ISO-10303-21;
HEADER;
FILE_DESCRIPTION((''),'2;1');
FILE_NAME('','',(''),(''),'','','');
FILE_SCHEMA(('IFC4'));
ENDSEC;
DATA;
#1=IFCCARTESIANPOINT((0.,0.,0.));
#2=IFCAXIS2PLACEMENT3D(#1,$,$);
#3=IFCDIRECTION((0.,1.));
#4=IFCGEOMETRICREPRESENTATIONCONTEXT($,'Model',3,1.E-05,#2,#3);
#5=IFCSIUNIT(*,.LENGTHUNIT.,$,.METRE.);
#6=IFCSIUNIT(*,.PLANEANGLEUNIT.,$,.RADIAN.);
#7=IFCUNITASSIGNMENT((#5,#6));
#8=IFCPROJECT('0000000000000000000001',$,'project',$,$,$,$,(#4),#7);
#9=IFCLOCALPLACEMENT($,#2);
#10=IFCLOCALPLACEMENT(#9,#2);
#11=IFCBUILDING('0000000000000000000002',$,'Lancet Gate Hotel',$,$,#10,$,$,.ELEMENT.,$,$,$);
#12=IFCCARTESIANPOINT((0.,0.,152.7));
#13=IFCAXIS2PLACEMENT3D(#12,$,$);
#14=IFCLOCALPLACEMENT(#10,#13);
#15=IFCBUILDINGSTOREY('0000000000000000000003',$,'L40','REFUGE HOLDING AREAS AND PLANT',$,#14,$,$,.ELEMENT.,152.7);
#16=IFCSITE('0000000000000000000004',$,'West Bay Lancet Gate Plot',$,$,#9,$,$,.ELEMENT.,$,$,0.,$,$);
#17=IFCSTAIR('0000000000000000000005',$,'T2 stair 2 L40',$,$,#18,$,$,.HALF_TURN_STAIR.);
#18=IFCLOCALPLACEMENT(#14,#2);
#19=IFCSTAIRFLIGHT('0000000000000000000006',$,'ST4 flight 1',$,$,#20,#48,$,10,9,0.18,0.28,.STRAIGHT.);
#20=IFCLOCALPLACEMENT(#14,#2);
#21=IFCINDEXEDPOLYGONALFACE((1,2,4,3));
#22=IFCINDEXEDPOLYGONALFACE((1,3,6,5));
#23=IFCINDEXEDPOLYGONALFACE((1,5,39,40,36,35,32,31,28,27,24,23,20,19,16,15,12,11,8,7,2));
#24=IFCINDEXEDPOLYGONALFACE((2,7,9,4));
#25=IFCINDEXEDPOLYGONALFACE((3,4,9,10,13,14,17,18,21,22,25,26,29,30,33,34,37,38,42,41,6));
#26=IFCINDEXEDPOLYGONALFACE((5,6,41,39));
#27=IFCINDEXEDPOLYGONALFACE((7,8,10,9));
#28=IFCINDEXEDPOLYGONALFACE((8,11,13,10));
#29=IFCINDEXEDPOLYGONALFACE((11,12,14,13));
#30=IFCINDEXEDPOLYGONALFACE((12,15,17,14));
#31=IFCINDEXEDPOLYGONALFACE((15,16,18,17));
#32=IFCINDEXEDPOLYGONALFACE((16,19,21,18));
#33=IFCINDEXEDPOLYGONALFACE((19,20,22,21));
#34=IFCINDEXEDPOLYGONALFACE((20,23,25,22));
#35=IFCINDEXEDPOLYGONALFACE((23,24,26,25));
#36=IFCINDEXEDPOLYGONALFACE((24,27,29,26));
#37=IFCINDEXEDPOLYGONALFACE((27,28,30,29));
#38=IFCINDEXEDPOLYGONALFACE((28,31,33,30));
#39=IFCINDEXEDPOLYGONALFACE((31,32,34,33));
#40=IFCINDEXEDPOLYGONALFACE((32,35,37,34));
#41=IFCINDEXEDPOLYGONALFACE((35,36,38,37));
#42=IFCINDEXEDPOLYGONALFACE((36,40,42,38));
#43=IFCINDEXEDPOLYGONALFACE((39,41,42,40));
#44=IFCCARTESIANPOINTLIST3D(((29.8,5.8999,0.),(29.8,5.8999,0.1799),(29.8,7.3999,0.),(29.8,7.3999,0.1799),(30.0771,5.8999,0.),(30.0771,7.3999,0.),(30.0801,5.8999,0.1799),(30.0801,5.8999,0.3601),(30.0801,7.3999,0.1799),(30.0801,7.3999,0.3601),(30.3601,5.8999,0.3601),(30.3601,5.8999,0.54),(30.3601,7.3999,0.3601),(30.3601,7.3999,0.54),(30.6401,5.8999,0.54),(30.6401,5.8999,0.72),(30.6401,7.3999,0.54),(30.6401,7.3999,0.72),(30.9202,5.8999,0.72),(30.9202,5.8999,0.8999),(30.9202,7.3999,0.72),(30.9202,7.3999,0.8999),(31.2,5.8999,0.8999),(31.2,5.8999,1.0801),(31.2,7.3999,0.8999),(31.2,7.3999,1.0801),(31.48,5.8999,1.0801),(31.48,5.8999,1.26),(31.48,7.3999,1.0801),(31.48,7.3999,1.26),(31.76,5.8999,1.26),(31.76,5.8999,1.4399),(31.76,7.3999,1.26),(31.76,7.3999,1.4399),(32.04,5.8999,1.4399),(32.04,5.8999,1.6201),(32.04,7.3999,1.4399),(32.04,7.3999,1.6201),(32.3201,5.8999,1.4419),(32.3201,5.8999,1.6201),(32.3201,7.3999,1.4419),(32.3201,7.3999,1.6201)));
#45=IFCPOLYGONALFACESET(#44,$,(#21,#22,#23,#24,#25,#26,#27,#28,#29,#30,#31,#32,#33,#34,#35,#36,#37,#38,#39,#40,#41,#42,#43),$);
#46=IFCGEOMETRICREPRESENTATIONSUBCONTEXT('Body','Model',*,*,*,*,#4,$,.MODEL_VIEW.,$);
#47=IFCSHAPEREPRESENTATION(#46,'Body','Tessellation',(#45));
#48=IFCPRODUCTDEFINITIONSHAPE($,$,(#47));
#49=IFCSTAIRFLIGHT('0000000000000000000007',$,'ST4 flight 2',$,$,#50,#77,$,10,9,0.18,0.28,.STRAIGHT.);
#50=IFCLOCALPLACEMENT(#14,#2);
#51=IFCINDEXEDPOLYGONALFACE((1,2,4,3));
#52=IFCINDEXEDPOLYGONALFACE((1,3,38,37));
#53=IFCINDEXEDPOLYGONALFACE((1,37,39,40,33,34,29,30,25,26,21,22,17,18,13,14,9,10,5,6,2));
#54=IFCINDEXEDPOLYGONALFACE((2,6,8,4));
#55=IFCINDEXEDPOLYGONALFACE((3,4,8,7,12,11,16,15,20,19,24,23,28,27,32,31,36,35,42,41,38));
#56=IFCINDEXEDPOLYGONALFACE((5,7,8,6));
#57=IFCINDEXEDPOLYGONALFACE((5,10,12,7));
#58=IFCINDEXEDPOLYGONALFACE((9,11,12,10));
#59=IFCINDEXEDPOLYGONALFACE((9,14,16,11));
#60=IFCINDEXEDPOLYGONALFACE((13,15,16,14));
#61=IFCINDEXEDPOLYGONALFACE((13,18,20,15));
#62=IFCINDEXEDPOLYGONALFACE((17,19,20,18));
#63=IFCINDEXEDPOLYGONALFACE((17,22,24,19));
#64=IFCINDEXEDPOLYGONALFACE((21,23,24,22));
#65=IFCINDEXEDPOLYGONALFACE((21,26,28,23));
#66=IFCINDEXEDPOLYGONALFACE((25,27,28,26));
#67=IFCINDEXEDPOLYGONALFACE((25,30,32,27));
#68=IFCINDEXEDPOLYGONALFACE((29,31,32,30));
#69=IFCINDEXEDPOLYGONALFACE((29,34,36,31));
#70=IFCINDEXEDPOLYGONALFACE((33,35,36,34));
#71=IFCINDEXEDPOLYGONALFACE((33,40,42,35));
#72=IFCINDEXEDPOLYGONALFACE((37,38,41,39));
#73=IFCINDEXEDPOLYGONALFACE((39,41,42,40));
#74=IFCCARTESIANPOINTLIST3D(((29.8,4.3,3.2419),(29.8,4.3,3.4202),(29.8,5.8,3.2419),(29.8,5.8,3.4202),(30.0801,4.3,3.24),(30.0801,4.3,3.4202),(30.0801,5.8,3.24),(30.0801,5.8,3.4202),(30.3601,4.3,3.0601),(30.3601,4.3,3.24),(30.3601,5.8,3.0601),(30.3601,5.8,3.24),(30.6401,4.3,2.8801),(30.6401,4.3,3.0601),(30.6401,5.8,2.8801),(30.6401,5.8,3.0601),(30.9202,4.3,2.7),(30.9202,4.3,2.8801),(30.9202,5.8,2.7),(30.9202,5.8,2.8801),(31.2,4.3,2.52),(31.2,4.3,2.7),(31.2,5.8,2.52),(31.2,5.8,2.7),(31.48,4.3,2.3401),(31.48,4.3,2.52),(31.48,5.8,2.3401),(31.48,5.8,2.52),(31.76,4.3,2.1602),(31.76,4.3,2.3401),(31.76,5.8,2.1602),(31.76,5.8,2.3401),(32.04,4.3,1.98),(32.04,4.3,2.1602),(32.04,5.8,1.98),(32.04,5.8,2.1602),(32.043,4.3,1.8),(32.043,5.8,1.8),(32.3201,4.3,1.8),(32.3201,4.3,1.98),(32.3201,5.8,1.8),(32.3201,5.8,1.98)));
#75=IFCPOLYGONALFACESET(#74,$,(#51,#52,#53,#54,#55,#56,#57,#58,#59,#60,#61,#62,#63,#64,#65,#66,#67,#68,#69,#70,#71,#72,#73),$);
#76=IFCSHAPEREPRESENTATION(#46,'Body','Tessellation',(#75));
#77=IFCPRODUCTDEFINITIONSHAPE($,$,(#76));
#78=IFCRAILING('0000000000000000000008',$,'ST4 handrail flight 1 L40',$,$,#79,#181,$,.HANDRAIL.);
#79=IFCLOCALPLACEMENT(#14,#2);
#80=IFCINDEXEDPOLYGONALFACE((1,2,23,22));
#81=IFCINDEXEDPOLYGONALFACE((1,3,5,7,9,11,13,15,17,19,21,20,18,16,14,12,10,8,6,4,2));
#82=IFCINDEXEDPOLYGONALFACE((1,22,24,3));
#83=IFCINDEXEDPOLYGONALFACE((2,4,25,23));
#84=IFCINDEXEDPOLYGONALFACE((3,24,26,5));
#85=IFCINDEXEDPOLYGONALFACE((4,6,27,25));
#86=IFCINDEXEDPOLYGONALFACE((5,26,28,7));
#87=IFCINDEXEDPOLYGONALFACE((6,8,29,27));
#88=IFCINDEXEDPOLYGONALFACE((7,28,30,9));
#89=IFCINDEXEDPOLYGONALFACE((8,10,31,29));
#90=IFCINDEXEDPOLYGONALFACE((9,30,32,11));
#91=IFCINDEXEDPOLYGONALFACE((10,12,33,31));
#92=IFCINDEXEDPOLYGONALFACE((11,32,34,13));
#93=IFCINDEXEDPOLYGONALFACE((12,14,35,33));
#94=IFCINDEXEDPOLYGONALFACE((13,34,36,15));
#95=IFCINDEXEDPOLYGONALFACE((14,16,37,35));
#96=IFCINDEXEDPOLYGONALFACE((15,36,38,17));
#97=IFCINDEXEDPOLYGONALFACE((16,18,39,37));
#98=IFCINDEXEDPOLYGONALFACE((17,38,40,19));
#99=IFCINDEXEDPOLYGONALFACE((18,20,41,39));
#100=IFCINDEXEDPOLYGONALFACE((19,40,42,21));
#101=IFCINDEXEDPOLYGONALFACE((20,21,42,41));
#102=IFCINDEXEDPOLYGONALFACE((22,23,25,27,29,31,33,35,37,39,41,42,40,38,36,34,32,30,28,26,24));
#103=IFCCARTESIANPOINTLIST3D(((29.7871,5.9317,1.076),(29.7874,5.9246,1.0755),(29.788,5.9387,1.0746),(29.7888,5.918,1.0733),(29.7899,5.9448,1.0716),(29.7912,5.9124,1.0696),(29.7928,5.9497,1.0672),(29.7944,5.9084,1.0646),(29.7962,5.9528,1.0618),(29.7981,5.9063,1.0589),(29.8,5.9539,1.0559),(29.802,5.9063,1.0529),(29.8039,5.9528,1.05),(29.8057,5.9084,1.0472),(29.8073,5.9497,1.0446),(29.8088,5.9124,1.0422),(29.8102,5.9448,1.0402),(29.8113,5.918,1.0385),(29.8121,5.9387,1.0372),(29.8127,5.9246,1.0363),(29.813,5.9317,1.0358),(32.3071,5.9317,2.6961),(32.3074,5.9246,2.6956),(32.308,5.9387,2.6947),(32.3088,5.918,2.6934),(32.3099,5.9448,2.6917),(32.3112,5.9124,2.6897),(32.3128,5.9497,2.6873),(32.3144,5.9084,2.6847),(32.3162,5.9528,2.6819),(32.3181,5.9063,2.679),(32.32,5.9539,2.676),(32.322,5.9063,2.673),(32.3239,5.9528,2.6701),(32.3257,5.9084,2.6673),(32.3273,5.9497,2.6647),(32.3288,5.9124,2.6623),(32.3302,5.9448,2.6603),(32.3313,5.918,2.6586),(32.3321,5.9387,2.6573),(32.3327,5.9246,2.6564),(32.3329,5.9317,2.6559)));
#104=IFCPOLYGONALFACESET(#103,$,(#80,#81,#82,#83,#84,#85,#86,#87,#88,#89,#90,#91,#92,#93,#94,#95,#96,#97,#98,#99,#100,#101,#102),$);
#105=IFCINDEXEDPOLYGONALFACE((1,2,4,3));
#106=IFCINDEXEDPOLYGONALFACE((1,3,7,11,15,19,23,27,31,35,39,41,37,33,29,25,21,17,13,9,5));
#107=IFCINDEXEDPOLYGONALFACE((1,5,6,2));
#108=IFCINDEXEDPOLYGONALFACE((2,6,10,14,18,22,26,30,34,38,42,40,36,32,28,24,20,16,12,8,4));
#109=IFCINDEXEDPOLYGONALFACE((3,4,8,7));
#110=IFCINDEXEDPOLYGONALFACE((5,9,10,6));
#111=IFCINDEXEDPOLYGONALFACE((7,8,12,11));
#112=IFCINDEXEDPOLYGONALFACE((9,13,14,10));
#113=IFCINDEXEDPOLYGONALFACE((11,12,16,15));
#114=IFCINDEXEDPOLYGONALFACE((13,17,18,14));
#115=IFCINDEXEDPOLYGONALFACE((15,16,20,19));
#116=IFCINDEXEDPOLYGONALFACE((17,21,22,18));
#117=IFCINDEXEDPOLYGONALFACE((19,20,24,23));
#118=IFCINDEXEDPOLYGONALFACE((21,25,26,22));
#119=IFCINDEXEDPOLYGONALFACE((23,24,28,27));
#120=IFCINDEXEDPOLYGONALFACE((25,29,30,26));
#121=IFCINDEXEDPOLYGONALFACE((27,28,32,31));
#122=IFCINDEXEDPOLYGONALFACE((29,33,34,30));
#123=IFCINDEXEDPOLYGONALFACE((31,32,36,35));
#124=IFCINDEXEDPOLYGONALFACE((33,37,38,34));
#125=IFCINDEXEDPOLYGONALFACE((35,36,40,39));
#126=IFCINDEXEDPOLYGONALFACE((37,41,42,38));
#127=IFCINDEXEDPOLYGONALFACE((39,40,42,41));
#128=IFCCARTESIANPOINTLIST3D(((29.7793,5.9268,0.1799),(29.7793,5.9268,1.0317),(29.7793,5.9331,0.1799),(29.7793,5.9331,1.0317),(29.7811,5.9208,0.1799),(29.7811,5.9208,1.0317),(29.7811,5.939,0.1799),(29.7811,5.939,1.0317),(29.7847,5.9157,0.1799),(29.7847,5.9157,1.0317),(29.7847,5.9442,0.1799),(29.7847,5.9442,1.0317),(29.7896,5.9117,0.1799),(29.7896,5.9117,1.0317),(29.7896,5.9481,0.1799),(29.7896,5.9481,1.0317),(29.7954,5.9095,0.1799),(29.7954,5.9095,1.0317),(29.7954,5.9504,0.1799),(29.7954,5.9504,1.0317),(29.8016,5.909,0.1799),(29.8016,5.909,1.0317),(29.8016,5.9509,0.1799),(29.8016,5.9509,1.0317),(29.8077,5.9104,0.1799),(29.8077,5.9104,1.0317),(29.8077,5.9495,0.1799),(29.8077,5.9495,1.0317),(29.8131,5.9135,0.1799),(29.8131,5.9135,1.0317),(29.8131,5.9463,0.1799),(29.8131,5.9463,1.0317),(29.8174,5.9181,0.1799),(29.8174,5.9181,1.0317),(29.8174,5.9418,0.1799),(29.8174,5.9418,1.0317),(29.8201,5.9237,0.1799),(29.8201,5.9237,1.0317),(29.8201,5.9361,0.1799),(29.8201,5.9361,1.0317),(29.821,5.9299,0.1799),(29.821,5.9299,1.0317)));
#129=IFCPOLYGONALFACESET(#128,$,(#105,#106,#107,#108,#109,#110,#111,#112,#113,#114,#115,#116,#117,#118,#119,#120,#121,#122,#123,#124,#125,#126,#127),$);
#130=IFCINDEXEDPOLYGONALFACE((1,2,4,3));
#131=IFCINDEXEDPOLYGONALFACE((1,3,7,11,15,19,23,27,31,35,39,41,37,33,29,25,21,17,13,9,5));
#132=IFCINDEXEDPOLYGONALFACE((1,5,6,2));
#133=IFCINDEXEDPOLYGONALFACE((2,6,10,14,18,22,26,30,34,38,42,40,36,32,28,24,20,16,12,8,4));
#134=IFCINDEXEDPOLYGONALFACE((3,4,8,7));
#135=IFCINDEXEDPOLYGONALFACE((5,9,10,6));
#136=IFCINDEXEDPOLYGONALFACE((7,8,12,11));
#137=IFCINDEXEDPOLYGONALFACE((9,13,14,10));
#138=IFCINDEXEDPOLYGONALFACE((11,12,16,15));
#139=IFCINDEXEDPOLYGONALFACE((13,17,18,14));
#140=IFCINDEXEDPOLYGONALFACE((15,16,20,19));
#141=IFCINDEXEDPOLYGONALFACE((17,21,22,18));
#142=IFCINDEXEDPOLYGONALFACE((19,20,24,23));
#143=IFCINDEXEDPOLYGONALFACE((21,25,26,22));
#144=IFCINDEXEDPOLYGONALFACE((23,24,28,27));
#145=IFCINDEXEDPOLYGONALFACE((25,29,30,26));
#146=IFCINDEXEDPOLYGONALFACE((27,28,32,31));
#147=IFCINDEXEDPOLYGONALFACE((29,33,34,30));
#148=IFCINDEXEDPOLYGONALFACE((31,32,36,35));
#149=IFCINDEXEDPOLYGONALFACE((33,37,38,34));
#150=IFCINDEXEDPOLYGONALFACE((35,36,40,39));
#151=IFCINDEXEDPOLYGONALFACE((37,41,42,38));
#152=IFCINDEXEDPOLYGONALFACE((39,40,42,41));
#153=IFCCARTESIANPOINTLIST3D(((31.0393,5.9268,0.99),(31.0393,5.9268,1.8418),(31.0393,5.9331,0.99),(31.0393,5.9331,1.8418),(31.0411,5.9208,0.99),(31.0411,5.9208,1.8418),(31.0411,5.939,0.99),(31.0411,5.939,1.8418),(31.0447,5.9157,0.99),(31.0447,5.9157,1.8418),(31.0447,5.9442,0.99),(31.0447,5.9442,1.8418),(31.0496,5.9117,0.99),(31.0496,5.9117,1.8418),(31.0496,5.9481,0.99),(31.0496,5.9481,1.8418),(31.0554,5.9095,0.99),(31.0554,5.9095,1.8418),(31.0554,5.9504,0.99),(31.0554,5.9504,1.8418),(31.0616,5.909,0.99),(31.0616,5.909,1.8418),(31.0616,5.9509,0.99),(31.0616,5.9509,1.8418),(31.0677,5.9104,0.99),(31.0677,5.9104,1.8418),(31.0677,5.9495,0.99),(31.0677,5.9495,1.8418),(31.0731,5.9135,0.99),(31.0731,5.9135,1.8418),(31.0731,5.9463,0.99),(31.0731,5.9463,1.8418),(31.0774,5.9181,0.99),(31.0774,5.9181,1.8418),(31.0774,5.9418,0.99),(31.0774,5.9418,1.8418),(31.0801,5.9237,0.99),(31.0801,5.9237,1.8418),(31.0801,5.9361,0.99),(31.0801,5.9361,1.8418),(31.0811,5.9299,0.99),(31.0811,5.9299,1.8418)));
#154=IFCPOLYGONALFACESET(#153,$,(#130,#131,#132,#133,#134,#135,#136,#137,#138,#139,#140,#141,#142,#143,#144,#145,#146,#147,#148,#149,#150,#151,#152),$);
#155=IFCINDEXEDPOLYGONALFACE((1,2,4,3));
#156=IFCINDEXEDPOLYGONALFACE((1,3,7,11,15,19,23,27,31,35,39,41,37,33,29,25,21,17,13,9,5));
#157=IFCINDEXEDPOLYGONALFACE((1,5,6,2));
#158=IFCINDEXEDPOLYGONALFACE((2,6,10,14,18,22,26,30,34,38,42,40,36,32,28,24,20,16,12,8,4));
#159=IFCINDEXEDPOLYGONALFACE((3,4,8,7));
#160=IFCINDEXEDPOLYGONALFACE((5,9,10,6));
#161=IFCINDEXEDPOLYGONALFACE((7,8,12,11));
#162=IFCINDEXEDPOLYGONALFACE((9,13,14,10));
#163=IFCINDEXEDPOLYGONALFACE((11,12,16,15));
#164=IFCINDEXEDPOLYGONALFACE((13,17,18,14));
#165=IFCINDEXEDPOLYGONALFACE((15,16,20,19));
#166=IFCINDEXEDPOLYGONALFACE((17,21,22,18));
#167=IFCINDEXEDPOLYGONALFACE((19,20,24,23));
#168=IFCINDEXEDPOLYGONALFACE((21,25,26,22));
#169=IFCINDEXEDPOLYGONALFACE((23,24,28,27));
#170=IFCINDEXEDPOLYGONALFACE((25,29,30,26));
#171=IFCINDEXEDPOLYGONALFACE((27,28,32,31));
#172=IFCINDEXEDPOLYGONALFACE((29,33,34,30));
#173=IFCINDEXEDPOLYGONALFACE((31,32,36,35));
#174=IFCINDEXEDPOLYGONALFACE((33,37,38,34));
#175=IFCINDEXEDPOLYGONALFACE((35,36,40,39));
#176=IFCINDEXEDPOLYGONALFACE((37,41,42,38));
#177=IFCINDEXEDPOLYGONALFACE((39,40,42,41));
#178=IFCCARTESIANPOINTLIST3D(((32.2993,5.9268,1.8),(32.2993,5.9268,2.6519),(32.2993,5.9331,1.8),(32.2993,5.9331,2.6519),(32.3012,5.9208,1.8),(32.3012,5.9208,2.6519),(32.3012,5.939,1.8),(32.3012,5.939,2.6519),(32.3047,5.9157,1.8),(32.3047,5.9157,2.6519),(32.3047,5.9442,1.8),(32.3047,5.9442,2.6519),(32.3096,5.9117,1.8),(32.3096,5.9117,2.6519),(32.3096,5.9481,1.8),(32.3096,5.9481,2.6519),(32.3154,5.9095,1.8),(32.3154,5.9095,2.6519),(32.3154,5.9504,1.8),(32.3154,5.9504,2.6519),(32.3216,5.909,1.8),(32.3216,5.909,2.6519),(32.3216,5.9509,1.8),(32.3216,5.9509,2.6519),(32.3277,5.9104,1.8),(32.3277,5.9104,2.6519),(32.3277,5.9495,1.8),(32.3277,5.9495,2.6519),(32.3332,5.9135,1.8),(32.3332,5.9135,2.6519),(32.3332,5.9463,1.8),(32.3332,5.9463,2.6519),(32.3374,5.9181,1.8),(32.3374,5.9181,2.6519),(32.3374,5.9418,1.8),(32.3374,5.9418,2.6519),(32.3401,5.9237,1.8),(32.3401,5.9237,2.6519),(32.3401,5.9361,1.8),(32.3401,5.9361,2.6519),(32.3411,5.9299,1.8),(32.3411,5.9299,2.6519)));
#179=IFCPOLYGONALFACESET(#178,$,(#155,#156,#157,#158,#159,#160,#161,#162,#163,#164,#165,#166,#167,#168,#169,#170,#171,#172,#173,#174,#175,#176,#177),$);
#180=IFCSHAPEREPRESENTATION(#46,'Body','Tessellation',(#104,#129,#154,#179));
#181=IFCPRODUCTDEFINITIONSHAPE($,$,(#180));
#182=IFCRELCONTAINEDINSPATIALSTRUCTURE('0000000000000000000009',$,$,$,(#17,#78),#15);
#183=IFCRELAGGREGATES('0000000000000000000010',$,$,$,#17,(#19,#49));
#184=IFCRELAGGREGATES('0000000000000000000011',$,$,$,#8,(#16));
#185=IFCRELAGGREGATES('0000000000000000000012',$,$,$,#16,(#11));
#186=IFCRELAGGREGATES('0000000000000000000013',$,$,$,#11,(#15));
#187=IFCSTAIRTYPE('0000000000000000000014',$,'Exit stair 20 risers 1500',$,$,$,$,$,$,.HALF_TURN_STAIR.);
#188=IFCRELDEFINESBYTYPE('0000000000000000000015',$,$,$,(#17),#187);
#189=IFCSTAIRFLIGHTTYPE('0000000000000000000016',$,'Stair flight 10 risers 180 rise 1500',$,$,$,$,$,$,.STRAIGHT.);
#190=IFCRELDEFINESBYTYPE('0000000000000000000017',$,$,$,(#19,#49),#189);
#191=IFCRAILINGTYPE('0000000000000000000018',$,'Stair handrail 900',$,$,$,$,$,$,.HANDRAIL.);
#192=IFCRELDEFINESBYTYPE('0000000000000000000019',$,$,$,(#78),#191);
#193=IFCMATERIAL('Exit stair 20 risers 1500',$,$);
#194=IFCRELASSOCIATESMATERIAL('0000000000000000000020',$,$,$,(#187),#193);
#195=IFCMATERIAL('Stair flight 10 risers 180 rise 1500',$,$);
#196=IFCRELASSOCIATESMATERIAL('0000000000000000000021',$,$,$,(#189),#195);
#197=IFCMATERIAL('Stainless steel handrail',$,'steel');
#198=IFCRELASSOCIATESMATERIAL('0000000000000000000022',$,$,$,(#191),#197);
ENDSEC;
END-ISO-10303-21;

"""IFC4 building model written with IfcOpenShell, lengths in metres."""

from ifc_helpers import new_model, si_unit, direction, frame, origin, origin_2d, place, context, subcontext, project, spatial, polyline, circle, outline, extrude, material, type_object, element, aggregate, save


model = new_model("IFC4")

# Units and contexts
model_context = context("Model", 3, precision=1e-05, world=origin(), true_north=direction((0.0, 1.0)))
body_context = subcontext(model_context, "Body", "Model", "MODEL_VIEW")
ifc_project = project(units=[si_unit("LENGTHUNIT", "METRE"), si_unit("PLANEANGLEUNIT", "RADIAN")], contexts=[model_context])

# Site, building, storey
site_placement = place(None, origin())
site = spatial("IfcSite", under=ifc_project, at=site_placement, Name="West Bay Lancet Gate Plot", CompositionType="ELEMENT", RefElevation=0.0)
building_placement = place(site_placement, origin())
building = spatial("IfcBuilding", under=site, at=building_placement, Name="Lancet Gate Hotel", CompositionType="ELEMENT")
storey_placement = place(building_placement, frame((0.0, 0.0, 152.7)))
storey = spatial("IfcBuildingStorey", under=building, at=storey_placement, Name="L40", Description="REFUGE HOLDING AREAS AND PLANT", CompositionType="ELEMENT", Elevation=152.7)

# Stair, stair flights
ifc_material_1 = material(Name="Exit stair 20 risers 1500")
stair_type = type_object("IfcStairType", Name="Exit stair 20 risers 1500", PredefinedType="HALF_TURN_STAIR", material=ifc_material_1)
stair_placement = place(storey_placement, origin())
stair = element("IfcStair", 1, at=stair_placement, inside=storey, type_object=stair_type, Name="T2 stair 2 L40", PredefinedType="HALF_TURN_STAIR")
ifc_material_2 = material(Name="Stair flight 10 risers 180 rise 1500")
stair_flight_type = type_object("IfcStairFlightType", Name="Stair flight 10 risers 180 rise 1500", PredefinedType="STRAIGHT", material=ifc_material_2)
stair_flight_1_placement = place(storey_placement, frame((29.8, 6.6499, 0.0), z_axis=(0.0, 0.0, 1.0), x_axis=(1.0, 0.0, 0.0)))
stair_flight_1 = element("IfcStairFlight", 2, at=stair_flight_1_placement, type_object=stair_flight_type, Name="ST4 flight 1", NumberOfRisers=10, NumberOfTreads=9, PredefinedType="STRAIGHT", RiserHeight=0.18, TreadLength=0.28, context=body_context, shape_type="SweptSolid", body=[
    extrude(outline(polyline([(0.0, 0.0), (0.0, 0.1799), (0.28, 0.1799), (0.28, 0.3601), (0.5601, 0.3601), (0.5601, 0.54), (0.8401, 0.54), (0.8401, 0.72), (1.1201, 0.72), (1.1201, 0.8999), (1.3999, 0.8999), (1.3999, 1.0801), (1.6799, 1.0801), (1.6799, 1.26), (1.96, 1.26), (1.96, 1.4399), (2.24, 1.4399), (2.24, 1.6201), (2.52, 1.6201), (2.52, 1.8), (2.52, 1.4419), (0.2771, 0.0), (0.0, 0.0)])), frame((0.0, 0.75, 0.0), z_axis=(0.0, -1.0, 0.0), x_axis=(1.0, 0.0, 0.0)), (0.0, 0.0, 1.0), 1.5),
])
stair_flight_2_placement = place(storey_placement, frame((32.3201, 5.05, 1.8), z_axis=(0.0, 0.0, 1.0), x_axis=(-1.0, 0.0, 0.0)))
stair_flight_2 = element("IfcStairFlight", 3, at=stair_flight_2_placement, type_object=stair_flight_type, Name="ST4 flight 2", NumberOfRisers=10, NumberOfTreads=9, PredefinedType="STRAIGHT", RiserHeight=0.18, TreadLength=0.28, context=body_context, shape_type="SweptSolid", body=[
    extrude(outline(polyline([(0.0, 0.0), (0.0, 0.1799), (0.28, 0.1799), (0.28, 0.3601), (0.5601, 0.3601), (0.5601, 0.54), (0.8401, 0.54), (0.8401, 0.72), (1.1201, 0.72), (1.1201, 0.8999), (1.3999, 0.8999), (1.3999, 1.0801), (1.6799, 1.0801), (1.6799, 1.26), (1.96, 1.26), (1.96, 1.4399), (2.24, 1.4399), (2.24, 1.6201), (2.52, 1.6201), (2.52, 1.8), (2.52, 1.4419), (0.2771, 0.0), (0.0, 0.0)])), frame((0.0, 0.75, 0.0), z_axis=(0.0, -1.0, 0.0), x_axis=(1.0, 0.0, 0.0)), (0.0, 0.0, 1.0), 1.5),
])
aggregate(stair, [stair_flight_1, stair_flight_2])

# Railing
ifc_material_3 = material(Name="Stainless steel handrail", Category="steel")
railing_type = type_object("IfcRailingType", Name="Stair handrail 900", PredefinedType="HANDRAIL", material=ifc_material_3)
railing_1_placement = place(storey_placement, frame((29.8, 5.9299, 0.1799)))
element("IfcRailing", 4, at=railing_1_placement, inside=storey, type_object=railing_type, Name="ST4 handrail flight 1 L40", PredefinedType="HANDRAIL", context=body_context, shape_type="SweptSolid", body=[
    extrude(circle(Radius=0.0239, at=origin_2d()), frame((0.0, 0.0, 0.876), z_axis=(0.841163, 0.0, 0.540782), x_axis=(0.0, 1.0, 0.0)), (0.0, 0.0, 1.0), 2.9958),
    extrude(circle(Radius=0.021, at=origin_2d()), origin(), (0.0, 0.0, 1.0), 0.8518),
    extrude(circle(Radius=0.021, at=origin_2d()), frame((1.26, 0.0, 0.8101)), (0.0, 0.0, 1.0), 0.8518),
    extrude(circle(Radius=0.021, at=origin_2d()), frame((2.52, 0.0, 1.6201)), (0.0, 0.0, 1.0), 0.8518),
])

save(model, "model.ifc")
